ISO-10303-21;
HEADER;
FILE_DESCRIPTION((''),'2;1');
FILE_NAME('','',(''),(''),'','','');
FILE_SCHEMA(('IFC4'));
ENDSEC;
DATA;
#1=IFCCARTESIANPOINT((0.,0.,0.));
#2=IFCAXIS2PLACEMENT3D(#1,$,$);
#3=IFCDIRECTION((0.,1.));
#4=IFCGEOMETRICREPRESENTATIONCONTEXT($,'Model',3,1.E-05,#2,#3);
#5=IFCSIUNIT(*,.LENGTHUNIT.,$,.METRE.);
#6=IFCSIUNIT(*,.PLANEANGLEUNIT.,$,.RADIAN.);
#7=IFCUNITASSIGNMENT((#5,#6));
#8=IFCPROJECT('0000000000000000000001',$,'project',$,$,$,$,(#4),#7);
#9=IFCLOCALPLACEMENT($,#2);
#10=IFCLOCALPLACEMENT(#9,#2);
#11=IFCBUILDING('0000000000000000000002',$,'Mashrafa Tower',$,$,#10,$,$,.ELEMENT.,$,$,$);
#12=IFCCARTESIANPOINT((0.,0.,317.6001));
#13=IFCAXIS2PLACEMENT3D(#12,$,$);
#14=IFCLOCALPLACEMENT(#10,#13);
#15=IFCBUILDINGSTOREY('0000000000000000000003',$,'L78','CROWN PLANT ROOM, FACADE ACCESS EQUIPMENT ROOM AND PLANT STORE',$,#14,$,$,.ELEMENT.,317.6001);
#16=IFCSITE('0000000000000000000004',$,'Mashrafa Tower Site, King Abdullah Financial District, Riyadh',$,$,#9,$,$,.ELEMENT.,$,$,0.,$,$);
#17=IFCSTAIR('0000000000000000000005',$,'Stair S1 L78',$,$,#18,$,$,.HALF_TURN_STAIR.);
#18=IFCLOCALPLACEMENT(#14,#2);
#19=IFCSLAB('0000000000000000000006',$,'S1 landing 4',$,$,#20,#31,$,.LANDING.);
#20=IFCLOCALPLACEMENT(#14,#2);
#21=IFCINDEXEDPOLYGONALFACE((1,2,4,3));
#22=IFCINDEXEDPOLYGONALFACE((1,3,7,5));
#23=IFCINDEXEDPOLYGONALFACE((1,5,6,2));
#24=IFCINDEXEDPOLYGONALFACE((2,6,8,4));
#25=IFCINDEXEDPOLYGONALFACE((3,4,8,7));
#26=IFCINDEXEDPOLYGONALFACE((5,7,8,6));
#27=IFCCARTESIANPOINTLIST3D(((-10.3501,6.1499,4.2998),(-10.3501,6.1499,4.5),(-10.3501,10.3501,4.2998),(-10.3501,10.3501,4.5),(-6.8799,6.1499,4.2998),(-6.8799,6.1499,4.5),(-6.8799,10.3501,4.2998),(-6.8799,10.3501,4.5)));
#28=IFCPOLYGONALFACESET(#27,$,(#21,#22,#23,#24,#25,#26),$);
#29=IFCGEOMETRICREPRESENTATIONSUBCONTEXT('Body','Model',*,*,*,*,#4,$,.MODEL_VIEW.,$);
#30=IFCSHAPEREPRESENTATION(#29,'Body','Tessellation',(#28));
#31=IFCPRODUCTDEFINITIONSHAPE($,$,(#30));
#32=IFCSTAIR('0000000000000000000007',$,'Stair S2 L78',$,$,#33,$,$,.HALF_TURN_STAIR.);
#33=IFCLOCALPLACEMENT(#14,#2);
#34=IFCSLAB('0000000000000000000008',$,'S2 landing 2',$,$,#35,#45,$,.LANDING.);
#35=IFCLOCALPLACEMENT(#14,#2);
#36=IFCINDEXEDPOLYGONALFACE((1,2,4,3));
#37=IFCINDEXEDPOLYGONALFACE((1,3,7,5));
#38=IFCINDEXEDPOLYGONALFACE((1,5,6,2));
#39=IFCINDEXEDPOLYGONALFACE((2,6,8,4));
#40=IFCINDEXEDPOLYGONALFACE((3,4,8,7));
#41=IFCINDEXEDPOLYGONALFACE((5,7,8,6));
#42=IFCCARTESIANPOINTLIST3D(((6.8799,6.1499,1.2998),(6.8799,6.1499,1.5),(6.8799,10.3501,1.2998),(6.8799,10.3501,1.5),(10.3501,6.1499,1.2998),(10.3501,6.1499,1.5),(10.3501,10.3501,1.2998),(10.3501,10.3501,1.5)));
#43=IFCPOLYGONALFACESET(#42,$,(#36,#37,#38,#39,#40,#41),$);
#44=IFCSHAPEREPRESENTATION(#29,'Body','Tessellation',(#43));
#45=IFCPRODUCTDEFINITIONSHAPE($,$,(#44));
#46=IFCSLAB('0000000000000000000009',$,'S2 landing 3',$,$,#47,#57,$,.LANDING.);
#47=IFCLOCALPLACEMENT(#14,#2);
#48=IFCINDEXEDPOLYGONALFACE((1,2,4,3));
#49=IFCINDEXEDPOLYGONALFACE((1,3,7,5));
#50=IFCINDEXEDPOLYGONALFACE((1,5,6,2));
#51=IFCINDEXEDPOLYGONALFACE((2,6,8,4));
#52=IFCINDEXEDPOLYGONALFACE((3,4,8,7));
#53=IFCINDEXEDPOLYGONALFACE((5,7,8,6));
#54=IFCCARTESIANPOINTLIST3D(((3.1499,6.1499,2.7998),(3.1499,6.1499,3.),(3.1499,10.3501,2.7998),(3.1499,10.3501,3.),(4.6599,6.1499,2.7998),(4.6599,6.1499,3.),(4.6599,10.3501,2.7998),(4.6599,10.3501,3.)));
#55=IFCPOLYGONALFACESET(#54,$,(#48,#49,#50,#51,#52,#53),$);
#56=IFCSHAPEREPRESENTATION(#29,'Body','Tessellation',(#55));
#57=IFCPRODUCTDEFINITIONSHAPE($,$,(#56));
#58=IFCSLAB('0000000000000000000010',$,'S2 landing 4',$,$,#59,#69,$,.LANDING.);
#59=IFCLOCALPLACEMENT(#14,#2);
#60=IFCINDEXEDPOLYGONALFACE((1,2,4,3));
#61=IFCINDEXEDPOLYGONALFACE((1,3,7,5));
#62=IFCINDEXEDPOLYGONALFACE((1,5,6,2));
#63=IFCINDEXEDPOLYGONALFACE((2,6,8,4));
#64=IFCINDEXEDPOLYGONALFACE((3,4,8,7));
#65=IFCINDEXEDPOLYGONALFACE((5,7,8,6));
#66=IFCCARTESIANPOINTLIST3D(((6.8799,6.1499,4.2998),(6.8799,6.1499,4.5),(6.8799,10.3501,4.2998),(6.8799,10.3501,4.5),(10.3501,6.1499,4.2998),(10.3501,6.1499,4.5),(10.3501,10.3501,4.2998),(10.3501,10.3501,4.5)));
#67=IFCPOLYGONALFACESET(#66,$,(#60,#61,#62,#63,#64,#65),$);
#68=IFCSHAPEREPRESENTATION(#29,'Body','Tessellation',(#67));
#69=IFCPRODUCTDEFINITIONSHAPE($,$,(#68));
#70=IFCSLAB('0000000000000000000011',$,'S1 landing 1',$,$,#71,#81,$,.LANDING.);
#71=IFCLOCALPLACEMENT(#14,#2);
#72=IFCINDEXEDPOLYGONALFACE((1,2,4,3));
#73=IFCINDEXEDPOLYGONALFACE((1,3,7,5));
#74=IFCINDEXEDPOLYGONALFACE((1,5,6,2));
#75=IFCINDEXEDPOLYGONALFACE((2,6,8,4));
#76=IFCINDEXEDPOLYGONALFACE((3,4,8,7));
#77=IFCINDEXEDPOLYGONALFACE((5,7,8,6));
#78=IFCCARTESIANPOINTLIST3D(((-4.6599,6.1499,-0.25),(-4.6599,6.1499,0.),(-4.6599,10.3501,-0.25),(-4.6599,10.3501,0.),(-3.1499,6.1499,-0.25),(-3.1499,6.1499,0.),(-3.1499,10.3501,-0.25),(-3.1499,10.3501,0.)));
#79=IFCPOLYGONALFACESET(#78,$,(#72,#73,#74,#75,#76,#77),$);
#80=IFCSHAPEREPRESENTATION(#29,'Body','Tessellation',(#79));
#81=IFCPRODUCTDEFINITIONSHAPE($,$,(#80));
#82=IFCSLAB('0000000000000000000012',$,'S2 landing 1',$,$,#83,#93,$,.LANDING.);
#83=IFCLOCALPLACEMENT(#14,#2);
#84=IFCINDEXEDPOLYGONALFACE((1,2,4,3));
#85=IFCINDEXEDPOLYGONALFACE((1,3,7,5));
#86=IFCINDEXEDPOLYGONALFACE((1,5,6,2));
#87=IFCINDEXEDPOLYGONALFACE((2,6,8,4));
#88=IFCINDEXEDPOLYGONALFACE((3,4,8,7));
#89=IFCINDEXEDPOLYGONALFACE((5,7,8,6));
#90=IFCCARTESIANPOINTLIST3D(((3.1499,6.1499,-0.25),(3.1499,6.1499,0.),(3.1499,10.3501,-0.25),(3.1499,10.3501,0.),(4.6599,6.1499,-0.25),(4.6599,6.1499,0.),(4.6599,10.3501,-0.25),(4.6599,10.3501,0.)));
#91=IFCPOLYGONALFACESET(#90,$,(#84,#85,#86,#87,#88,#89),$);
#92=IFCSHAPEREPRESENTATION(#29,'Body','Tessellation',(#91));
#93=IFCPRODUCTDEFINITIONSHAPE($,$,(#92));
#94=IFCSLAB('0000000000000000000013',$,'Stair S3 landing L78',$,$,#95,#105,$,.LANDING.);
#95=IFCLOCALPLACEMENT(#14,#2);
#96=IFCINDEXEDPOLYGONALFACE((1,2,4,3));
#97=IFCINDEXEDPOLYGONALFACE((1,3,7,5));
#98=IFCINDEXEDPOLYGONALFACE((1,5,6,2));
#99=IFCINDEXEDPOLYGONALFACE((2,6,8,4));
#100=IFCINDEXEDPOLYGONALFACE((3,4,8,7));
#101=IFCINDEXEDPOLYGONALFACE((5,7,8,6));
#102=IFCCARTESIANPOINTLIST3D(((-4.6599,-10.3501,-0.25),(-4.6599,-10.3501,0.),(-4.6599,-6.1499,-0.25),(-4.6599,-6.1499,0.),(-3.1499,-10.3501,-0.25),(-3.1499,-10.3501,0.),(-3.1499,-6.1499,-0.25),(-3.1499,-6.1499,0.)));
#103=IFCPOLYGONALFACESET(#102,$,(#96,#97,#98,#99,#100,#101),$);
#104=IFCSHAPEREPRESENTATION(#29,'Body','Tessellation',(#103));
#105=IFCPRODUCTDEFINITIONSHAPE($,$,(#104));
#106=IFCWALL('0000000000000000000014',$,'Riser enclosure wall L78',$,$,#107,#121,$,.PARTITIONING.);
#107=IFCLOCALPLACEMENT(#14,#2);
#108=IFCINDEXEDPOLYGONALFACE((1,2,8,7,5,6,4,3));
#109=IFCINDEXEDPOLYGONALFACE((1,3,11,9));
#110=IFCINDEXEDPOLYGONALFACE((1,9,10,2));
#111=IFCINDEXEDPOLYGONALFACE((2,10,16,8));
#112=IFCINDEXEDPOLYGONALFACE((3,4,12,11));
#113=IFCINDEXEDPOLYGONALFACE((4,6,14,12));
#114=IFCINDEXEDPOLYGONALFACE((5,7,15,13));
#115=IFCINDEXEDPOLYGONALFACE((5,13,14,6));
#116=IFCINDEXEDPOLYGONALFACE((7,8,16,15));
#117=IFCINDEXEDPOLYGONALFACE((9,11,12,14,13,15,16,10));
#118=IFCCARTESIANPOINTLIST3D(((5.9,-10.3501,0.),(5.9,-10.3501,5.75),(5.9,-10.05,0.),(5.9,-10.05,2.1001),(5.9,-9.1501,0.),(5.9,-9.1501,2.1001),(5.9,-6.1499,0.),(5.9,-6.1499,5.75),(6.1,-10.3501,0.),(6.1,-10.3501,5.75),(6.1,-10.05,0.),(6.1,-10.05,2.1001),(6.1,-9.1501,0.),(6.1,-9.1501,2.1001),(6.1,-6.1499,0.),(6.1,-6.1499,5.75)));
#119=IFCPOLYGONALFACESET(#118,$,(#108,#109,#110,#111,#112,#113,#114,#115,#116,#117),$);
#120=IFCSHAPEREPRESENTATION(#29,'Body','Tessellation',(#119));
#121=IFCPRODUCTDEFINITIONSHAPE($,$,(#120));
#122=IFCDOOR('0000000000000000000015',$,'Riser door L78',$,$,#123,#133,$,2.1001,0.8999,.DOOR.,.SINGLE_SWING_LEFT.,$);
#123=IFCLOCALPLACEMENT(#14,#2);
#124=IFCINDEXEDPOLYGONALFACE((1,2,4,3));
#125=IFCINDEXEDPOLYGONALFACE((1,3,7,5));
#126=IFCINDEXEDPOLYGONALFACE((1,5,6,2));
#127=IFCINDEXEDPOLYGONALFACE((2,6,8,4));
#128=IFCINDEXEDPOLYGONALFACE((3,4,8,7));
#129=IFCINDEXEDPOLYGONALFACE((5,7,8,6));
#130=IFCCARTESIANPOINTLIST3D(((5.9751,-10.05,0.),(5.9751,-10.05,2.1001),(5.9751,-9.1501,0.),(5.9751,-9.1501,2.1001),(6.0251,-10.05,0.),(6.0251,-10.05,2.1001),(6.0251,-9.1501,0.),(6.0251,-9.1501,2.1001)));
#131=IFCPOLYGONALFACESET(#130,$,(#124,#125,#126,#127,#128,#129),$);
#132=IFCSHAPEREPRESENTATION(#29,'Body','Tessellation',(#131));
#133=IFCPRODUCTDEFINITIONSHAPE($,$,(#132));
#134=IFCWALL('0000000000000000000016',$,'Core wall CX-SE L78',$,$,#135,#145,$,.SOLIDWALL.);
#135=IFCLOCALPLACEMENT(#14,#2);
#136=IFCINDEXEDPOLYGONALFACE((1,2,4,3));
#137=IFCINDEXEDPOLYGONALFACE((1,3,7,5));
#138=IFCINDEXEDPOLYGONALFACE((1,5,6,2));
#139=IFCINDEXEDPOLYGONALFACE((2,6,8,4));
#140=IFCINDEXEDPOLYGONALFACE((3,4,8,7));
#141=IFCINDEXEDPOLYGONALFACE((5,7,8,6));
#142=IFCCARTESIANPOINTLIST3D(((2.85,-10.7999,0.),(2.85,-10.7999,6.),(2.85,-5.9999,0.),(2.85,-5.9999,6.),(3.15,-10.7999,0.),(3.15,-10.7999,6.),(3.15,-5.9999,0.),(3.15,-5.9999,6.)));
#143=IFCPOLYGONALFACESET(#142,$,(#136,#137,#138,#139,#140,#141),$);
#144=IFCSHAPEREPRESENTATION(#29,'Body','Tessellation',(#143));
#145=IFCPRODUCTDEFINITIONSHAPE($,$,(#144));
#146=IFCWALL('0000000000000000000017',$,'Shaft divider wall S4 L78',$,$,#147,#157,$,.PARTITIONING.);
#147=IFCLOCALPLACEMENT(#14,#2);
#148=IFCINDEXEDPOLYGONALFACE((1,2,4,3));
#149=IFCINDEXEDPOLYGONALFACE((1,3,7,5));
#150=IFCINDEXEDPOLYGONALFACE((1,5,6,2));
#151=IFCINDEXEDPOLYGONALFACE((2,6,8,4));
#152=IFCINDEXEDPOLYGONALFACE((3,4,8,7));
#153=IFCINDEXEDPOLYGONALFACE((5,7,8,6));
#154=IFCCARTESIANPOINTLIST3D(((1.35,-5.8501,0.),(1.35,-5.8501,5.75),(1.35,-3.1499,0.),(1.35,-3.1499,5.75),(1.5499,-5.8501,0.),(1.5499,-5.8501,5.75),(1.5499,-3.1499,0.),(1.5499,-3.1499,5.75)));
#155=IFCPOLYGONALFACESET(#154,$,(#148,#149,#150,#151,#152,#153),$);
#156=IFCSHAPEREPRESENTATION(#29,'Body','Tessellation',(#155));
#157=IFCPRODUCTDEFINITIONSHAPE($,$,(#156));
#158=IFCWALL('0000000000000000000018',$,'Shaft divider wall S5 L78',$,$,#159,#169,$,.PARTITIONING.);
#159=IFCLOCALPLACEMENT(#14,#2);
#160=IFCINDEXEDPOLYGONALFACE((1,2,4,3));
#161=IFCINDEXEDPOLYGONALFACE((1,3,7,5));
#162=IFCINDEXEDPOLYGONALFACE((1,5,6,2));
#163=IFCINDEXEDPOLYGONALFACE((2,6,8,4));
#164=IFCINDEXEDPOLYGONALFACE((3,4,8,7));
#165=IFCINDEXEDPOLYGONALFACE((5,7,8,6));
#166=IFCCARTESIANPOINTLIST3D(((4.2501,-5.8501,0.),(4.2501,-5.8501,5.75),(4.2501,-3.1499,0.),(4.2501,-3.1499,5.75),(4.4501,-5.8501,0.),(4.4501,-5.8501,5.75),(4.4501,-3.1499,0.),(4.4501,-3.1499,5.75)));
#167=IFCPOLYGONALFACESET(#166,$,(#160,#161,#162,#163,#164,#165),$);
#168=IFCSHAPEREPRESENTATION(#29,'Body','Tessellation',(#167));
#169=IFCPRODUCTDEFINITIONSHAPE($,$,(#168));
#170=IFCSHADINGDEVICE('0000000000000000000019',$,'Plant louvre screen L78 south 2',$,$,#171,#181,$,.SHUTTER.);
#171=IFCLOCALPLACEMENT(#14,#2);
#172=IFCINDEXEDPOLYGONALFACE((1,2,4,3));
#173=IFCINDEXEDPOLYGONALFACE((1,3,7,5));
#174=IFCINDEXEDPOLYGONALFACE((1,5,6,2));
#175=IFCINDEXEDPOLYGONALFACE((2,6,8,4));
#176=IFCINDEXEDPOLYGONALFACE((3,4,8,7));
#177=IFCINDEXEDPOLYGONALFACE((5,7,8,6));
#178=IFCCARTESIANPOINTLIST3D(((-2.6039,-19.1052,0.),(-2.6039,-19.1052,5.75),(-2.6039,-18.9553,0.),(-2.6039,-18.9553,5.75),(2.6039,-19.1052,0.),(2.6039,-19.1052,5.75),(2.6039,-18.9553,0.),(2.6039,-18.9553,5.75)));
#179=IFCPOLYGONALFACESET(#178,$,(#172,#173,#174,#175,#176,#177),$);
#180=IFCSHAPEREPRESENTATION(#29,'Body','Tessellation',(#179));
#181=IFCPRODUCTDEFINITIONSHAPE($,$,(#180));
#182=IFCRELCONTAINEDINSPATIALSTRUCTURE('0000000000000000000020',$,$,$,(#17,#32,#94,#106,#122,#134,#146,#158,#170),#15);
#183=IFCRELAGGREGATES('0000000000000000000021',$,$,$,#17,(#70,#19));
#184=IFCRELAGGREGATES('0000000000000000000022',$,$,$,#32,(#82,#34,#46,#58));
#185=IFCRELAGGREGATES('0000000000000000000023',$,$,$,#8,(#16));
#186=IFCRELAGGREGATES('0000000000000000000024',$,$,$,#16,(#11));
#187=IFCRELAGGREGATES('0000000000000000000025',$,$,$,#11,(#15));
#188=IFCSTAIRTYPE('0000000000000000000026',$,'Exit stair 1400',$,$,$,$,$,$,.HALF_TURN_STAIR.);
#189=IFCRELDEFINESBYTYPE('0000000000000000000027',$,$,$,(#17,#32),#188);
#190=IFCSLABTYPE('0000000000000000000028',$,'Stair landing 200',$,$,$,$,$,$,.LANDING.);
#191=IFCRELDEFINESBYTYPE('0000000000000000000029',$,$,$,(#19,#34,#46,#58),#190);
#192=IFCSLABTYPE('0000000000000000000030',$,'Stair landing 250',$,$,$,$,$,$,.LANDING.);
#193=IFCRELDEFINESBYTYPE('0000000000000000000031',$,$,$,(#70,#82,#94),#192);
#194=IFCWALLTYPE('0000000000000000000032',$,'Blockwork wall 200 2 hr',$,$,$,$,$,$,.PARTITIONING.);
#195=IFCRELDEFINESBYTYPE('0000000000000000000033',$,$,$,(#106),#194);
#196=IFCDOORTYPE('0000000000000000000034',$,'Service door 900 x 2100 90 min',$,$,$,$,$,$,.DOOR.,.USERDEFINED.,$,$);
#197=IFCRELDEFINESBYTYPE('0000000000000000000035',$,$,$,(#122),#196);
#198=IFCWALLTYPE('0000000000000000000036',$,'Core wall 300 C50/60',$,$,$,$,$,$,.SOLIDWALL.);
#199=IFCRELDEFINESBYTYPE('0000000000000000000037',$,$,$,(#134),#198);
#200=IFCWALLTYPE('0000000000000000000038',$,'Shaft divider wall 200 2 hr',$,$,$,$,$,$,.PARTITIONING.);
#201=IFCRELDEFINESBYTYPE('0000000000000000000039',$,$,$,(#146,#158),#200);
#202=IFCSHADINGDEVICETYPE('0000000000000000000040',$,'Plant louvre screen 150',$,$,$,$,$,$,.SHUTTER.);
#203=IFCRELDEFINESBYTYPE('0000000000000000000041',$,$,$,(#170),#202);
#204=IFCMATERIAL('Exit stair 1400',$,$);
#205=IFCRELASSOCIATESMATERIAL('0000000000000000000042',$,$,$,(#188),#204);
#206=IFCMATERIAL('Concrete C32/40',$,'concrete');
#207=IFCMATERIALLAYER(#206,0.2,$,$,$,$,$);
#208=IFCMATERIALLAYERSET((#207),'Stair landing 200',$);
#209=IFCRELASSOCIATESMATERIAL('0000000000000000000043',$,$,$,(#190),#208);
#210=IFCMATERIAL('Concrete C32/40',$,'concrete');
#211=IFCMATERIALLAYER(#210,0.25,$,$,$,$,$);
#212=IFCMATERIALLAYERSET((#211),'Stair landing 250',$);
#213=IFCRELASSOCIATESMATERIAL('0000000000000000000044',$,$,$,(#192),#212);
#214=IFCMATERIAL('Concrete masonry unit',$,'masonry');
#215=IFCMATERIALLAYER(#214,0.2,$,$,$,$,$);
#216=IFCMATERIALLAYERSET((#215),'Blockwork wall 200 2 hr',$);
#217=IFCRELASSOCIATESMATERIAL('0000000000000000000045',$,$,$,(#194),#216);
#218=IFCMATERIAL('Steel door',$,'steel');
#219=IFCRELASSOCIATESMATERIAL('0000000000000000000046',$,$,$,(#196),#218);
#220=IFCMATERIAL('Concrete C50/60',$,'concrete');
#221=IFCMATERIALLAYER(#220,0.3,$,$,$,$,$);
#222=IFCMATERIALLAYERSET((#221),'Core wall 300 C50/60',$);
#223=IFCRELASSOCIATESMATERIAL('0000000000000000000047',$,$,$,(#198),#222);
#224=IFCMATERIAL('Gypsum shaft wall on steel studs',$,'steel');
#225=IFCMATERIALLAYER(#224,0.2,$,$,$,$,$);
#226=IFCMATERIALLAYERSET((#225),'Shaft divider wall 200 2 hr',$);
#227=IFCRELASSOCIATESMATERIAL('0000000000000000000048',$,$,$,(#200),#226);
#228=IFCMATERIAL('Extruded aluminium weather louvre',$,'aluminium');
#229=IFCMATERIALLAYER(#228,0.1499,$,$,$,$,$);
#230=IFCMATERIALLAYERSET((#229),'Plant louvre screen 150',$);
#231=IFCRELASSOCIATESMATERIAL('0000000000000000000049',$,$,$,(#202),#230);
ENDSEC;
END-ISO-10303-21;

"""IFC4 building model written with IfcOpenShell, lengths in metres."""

from ifc_helpers import new_model, si_unit, direction, frame, frame_2d, origin, origin_2d, place, context, subcontext, project, spatial, polyline, rectangle, outline, extrude, source, transform, mapped, material, layer, layer_set, type_object, type_shapes, element, fill, aggregate, save


model = new_model("IFC4")

# Units and contexts
model_context = context("Model", 3, precision=1e-05, world=origin(), true_north=direction((0.0, 1.0)))
body_context = subcontext(model_context, "Body", "Model", "MODEL_VIEW")
ifc_project = project(units=[si_unit("LENGTHUNIT", "METRE"), si_unit("PLANEANGLEUNIT", "RADIAN")], contexts=[model_context])

# Site, building, storey
site_placement = place(None, origin())
site = spatial("IfcSite", under=ifc_project, at=site_placement, Name="Mashrafa Tower Site, King Abdullah Financial District, Riyadh", CompositionType="ELEMENT", RefElevation=0.0)
building_placement = place(site_placement, origin())
building = spatial("IfcBuilding", under=site, at=building_placement, Name="Mashrafa Tower", CompositionType="ELEMENT")
storey_placement = place(building_placement, frame((0.0, 0.0, 317.6001)))
storey = spatial("IfcBuildingStorey", under=building, at=storey_placement, Name="L78", Description="CROWN PLANT ROOM, FACADE ACCESS EQUIPMENT ROOM AND PLANT STORE", CompositionType="ELEMENT", Elevation=317.6001)

# Stairs, slabs
ifc_material_1 = material(Name="Exit stair 1400")
stair_type = type_object("IfcStairType", Name="Exit stair 1400", PredefinedType="HALF_TURN_STAIR", material=ifc_material_1)
stair_1_placement = place(storey_placement, origin())
stair_1 = element("IfcStair", 1, at=stair_1_placement, inside=storey, type_object=stair_type, Name="Stair S1 L78", PredefinedType="HALF_TURN_STAIR")
ifc_material_2 = material(Name="Concrete C32/40", Category="concrete")
ifc_layer_1 = layer(ifc_material_2, 0.2)
ifc_layer_set_1 = layer_set([ifc_layer_1], Name="Stair landing 200")
slab_type_1 = type_object("IfcSlabType", Name="Stair landing 200", PredefinedType="LANDING", material=ifc_layer_set_1)
slab_1_placement = place(storey_placement, frame((0.0, 0.0, 4.2998)))
slab_1 = element("IfcSlab", 2, at=slab_1_placement, type_object=slab_type_1, Name="S1 landing 4", PredefinedType="LANDING", context=body_context, shape_type="SweptSolid", body=[
    extrude(outline(polyline([(-10.3501, 6.1499), (-6.8799, 6.1499), (-6.8799, 10.3501), (-10.3501, 10.3501), (-10.3501, 6.1499)])), origin(), (0.0, 0.0, 1.0), 0.2002),
])
stair_2_placement = place(storey_placement, origin())
stair_2 = element("IfcStair", 3, at=stair_2_placement, inside=storey, type_object=stair_type, Name="Stair S2 L78", PredefinedType="HALF_TURN_STAIR")
slab_2_placement = place(storey_placement, frame((0.0, 0.0, 1.2998)))
slab_2 = element("IfcSlab", 4, at=slab_2_placement, type_object=slab_type_1, Name="S2 landing 2", PredefinedType="LANDING", context=body_context, shape_type="SweptSolid", body=[
    extrude(outline(polyline([(6.8799, 6.1499), (10.3501, 6.1499), (10.3501, 10.3501), (6.8799, 10.3501), (6.8799, 6.1499)])), origin(), (0.0, 0.0, 1.0), 0.2002),
])
slab_3_placement = place(storey_placement, frame((0.0, 0.0, 2.7998)))
slab_3 = element("IfcSlab", 5, at=slab_3_placement, type_object=slab_type_1, Name="S2 landing 3", PredefinedType="LANDING", context=body_context, shape_type="SweptSolid", body=[
    extrude(outline(polyline([(3.1499, 6.1499), (4.6599, 6.1499), (4.6599, 10.3501), (3.1499, 10.3501), (3.1499, 6.1499)])), origin(), (0.0, 0.0, 1.0), 0.2002),
])
slab_4_placement = place(storey_placement, frame((0.0, 0.0, 4.2998)))
slab_4 = element("IfcSlab", 6, at=slab_4_placement, type_object=slab_type_1, Name="S2 landing 4", PredefinedType="LANDING", context=body_context, shape_type="SweptSolid", body=[
    extrude(outline(polyline([(6.8799, 6.1499), (10.3501, 6.1499), (10.3501, 10.3501), (6.8799, 10.3501), (6.8799, 6.1499)])), origin(), (0.0, 0.0, 1.0), 0.2002),
])

# Slabs
ifc_material_3 = material(Name="Concrete C32/40", Category="concrete")
ifc_layer_2 = layer(ifc_material_3, 0.25)
ifc_layer_set_2 = layer_set([ifc_layer_2], Name="Stair landing 250")
slab_type_2 = type_object("IfcSlabType", Name="Stair landing 250", PredefinedType="LANDING", material=ifc_layer_set_2)
slab_5_placement = place(storey_placement, frame((0.0, 0.0, -0.25)))
slab_5 = element("IfcSlab", 7, at=slab_5_placement, type_object=slab_type_2, Name="S1 landing 1", PredefinedType="LANDING", context=body_context, shape_type="SweptSolid", body=[
    extrude(outline(polyline([(-4.6599, 6.1499), (-3.1499, 6.1499), (-3.1499, 10.3501), (-4.6599, 10.3501), (-4.6599, 6.1499)])), origin(), (0.0, 0.0, 1.0), 0.25),
])
aggregate(stair_1, [slab_5, slab_1])
slab_6_placement = place(storey_placement, frame((0.0, 0.0, -0.25)))
slab_6 = element("IfcSlab", 8, at=slab_6_placement, type_object=slab_type_2, Name="S2 landing 1", PredefinedType="LANDING", context=body_context, shape_type="SweptSolid", body=[
    extrude(outline(polyline([(3.1499, 6.1499), (4.6599, 6.1499), (4.6599, 10.3501), (3.1499, 10.3501), (3.1499, 6.1499)])), origin(), (0.0, 0.0, 1.0), 0.25),
])
aggregate(stair_2, [slab_6, slab_2, slab_3, slab_4])
slab_7_placement = place(storey_placement, frame((0.0, 0.0, -0.25)))
element("IfcSlab", 9, at=slab_7_placement, inside=storey, type_object=slab_type_2, Name="Stair S3 landing L78", PredefinedType="LANDING", context=body_context, shape_type="SweptSolid", body=[
    extrude(outline(polyline([(-4.6599, -10.3501), (-3.1499, -10.3501), (-3.1499, -6.1499), (-4.6599, -6.1499), (-4.6599, -10.3501)])), origin(), (0.0, 0.0, 1.0), 0.25),
])

# Wall, opening, door
ifc_material_4 = material(Name="Concrete masonry unit", Category="masonry")
ifc_layer_3 = layer(ifc_material_4, 0.2)
ifc_layer_set_3 = layer_set([ifc_layer_3], Name="Blockwork wall 200 2 hr")
wall_type_1 = type_object("IfcWallType", Name="Blockwork wall 200 2 hr", PredefinedType="PARTITIONING", material=ifc_layer_set_3)
wall_1_placement = place(storey_placement, frame((6.0, -10.3501, 0.0), z_axis=(0.0, 0.0, 1.0), x_axis=(0.0, 1.0, 0.0)))
wall_1 = element("IfcWall", 10, at=wall_1_placement, inside=storey, type_object=wall_type_1, Name="Riser enclosure wall L78", PredefinedType="PARTITIONING", context=body_context, shape_type="SweptSolid", body=[
    extrude(rectangle(XDim=4.2002, YDim=0.2, at=frame_2d((2.1001, 0.0))), origin(), (0.0, 0.0, 1.0), 5.75),
])
opening_placement = place(wall_1_placement, frame((0.3, 0.0, 0.0)))
opening = element("IfcOpeningElement", 11, at=opening_placement, cuts=wall_1, PredefinedType="OPENING", context=body_context, shape_type="SweptSolid", body=[
    extrude(rectangle(XDim=0.8999, YDim=2.1001, at=frame_2d((0.45, 1.05))), frame((0.0, 0.1099, 0.0), z_axis=(0.0, -1.0, 0.0), x_axis=(1.0, 0.0, 0.0)), (0.0, 0.0, 1.0), 0.22),
])
ifc_material_5 = material(Name="Steel door", Category="steel")
door_type = type_object("IfcDoorType", Name="Service door 900 x 2100 90 min", OperationType="USERDEFINED", PredefinedType="DOOR", material=ifc_material_5)
door_placement = place(opening_placement, origin())
door = element("IfcDoor", 12, at=door_placement, inside=storey, type_object=door_type, Name="Riser door L78", OperationType="SINGLE_SWING_LEFT", OverallHeight=2.1001, OverallWidth=0.8999, PredefinedType="DOOR", context=body_context, shape_type="SweptSolid", body=[
    extrude(rectangle(XDim=0.8999, YDim=2.1001, at=frame_2d((0.45, 1.05))), frame((0.0, 0.0249, 0.0), z_axis=(0.0, -1.0, 0.0), x_axis=(1.0, 0.0, 0.0)), (0.0, 0.0, 1.0), 0.05),
])
fill(opening, door)

# Walls
ifc_material_6 = material(Name="Concrete C50/60", Category="concrete")
ifc_layer_4 = layer(ifc_material_6, 0.3)
ifc_layer_set_4 = layer_set([ifc_layer_4], Name="Core wall 300 C50/60")
wall_type_2 = type_object("IfcWallType", Name="Core wall 300 C50/60", PredefinedType="SOLIDWALL", material=ifc_layer_set_4)
wall_2_placement = place(storey_placement, frame((3.0, -6.0, 0.0), z_axis=(0.0, 0.0, 1.0), x_axis=(0.0, -1.0, 0.0)))
element("IfcWall", 13, at=wall_2_placement, inside=storey, type_object=wall_type_2, Name="Core wall CX-SE L78", PredefinedType="SOLIDWALL", context=body_context, shape_type="SweptSolid", body=[
    extrude(rectangle(XDim=4.8, YDim=0.3, at=frame_2d((2.3999, 0.0))), origin(), (0.0, 0.0, 1.0), 6.0),
])
ifc_material_7 = material(Name="Gypsum shaft wall on steel studs", Category="steel")
ifc_layer_5 = layer(ifc_material_7, 0.2)
ifc_layer_set_5 = layer_set([ifc_layer_5], Name="Shaft divider wall 200 2 hr")
wall_type_3 = type_object("IfcWallType", Name="Shaft divider wall 200 2 hr", PredefinedType="PARTITIONING", material=ifc_layer_set_5)
for number, where, z_axis, x_axis, name in (
    (14, (1.45, -5.8501, 0.0), (0.0, 0.0, 1.0), (0.0, 1.0, 0.0), "Shaft divider wall S4 L78"),
    (15, (4.3501, -5.8501, 0.0), (0.0, 0.0, 1.0), (0.0, 1.0, 0.0), "Shaft divider wall S5 L78"),
):
    element("IfcWall", number, at=place(storey_placement, frame(where, z_axis=z_axis, x_axis=x_axis)), inside=storey, type_object=wall_type_3, Name=name, PredefinedType="PARTITIONING", context=body_context, shape_type="SweptSolid", body=[
        extrude(rectangle(XDim=2.7002, YDim=0.2, at=frame_2d((1.3501, 0.0))), origin(), (0.0, 0.0, 1.0), 5.75),
    ])

# Shading device
ifc_material_8 = material(Name="Extruded aluminium weather louvre", Category="aluminium")
ifc_layer_6 = layer(ifc_material_8, 0.1499)
ifc_layer_set_6 = layer_set([ifc_layer_6], Name="Plant louvre screen 150")
shading_device_type = type_object("IfcShadingDeviceType", Name="Plant louvre screen 150", PredefinedType="SHUTTER", material=ifc_layer_set_6)
shared_shape_1 = source(origin(), body_context, "Body", "SweptSolid", [
    extrude(rectangle(XDim=5.2078, YDim=0.1499, at=origin_2d()), origin(), (0.0, 0.0, 1.0), 5.75),
])
type_shapes(shading_device_type, [shared_shape_1])
for number, where, z_axis, x_axis, name in (
    (16, (0.0, -19.0303, 0.0), (0.0, 0.0, 1.0), (1.0, 0.0, 0.0), "Plant louvre screen L78 south 2"),
):
    element("IfcShadingDevice", number, at=place(storey_placement, frame(where, z_axis=z_axis, x_axis=x_axis)), inside=storey, type_object=shading_device_type, Name=name, PredefinedType="SHUTTER", context=body_context, shape_type="MappedRepresentation", body=[
        mapped(shared_shape_1, transform((0.0, 0.0, 0.0))),
    ])

save(model, "model.ifc")
